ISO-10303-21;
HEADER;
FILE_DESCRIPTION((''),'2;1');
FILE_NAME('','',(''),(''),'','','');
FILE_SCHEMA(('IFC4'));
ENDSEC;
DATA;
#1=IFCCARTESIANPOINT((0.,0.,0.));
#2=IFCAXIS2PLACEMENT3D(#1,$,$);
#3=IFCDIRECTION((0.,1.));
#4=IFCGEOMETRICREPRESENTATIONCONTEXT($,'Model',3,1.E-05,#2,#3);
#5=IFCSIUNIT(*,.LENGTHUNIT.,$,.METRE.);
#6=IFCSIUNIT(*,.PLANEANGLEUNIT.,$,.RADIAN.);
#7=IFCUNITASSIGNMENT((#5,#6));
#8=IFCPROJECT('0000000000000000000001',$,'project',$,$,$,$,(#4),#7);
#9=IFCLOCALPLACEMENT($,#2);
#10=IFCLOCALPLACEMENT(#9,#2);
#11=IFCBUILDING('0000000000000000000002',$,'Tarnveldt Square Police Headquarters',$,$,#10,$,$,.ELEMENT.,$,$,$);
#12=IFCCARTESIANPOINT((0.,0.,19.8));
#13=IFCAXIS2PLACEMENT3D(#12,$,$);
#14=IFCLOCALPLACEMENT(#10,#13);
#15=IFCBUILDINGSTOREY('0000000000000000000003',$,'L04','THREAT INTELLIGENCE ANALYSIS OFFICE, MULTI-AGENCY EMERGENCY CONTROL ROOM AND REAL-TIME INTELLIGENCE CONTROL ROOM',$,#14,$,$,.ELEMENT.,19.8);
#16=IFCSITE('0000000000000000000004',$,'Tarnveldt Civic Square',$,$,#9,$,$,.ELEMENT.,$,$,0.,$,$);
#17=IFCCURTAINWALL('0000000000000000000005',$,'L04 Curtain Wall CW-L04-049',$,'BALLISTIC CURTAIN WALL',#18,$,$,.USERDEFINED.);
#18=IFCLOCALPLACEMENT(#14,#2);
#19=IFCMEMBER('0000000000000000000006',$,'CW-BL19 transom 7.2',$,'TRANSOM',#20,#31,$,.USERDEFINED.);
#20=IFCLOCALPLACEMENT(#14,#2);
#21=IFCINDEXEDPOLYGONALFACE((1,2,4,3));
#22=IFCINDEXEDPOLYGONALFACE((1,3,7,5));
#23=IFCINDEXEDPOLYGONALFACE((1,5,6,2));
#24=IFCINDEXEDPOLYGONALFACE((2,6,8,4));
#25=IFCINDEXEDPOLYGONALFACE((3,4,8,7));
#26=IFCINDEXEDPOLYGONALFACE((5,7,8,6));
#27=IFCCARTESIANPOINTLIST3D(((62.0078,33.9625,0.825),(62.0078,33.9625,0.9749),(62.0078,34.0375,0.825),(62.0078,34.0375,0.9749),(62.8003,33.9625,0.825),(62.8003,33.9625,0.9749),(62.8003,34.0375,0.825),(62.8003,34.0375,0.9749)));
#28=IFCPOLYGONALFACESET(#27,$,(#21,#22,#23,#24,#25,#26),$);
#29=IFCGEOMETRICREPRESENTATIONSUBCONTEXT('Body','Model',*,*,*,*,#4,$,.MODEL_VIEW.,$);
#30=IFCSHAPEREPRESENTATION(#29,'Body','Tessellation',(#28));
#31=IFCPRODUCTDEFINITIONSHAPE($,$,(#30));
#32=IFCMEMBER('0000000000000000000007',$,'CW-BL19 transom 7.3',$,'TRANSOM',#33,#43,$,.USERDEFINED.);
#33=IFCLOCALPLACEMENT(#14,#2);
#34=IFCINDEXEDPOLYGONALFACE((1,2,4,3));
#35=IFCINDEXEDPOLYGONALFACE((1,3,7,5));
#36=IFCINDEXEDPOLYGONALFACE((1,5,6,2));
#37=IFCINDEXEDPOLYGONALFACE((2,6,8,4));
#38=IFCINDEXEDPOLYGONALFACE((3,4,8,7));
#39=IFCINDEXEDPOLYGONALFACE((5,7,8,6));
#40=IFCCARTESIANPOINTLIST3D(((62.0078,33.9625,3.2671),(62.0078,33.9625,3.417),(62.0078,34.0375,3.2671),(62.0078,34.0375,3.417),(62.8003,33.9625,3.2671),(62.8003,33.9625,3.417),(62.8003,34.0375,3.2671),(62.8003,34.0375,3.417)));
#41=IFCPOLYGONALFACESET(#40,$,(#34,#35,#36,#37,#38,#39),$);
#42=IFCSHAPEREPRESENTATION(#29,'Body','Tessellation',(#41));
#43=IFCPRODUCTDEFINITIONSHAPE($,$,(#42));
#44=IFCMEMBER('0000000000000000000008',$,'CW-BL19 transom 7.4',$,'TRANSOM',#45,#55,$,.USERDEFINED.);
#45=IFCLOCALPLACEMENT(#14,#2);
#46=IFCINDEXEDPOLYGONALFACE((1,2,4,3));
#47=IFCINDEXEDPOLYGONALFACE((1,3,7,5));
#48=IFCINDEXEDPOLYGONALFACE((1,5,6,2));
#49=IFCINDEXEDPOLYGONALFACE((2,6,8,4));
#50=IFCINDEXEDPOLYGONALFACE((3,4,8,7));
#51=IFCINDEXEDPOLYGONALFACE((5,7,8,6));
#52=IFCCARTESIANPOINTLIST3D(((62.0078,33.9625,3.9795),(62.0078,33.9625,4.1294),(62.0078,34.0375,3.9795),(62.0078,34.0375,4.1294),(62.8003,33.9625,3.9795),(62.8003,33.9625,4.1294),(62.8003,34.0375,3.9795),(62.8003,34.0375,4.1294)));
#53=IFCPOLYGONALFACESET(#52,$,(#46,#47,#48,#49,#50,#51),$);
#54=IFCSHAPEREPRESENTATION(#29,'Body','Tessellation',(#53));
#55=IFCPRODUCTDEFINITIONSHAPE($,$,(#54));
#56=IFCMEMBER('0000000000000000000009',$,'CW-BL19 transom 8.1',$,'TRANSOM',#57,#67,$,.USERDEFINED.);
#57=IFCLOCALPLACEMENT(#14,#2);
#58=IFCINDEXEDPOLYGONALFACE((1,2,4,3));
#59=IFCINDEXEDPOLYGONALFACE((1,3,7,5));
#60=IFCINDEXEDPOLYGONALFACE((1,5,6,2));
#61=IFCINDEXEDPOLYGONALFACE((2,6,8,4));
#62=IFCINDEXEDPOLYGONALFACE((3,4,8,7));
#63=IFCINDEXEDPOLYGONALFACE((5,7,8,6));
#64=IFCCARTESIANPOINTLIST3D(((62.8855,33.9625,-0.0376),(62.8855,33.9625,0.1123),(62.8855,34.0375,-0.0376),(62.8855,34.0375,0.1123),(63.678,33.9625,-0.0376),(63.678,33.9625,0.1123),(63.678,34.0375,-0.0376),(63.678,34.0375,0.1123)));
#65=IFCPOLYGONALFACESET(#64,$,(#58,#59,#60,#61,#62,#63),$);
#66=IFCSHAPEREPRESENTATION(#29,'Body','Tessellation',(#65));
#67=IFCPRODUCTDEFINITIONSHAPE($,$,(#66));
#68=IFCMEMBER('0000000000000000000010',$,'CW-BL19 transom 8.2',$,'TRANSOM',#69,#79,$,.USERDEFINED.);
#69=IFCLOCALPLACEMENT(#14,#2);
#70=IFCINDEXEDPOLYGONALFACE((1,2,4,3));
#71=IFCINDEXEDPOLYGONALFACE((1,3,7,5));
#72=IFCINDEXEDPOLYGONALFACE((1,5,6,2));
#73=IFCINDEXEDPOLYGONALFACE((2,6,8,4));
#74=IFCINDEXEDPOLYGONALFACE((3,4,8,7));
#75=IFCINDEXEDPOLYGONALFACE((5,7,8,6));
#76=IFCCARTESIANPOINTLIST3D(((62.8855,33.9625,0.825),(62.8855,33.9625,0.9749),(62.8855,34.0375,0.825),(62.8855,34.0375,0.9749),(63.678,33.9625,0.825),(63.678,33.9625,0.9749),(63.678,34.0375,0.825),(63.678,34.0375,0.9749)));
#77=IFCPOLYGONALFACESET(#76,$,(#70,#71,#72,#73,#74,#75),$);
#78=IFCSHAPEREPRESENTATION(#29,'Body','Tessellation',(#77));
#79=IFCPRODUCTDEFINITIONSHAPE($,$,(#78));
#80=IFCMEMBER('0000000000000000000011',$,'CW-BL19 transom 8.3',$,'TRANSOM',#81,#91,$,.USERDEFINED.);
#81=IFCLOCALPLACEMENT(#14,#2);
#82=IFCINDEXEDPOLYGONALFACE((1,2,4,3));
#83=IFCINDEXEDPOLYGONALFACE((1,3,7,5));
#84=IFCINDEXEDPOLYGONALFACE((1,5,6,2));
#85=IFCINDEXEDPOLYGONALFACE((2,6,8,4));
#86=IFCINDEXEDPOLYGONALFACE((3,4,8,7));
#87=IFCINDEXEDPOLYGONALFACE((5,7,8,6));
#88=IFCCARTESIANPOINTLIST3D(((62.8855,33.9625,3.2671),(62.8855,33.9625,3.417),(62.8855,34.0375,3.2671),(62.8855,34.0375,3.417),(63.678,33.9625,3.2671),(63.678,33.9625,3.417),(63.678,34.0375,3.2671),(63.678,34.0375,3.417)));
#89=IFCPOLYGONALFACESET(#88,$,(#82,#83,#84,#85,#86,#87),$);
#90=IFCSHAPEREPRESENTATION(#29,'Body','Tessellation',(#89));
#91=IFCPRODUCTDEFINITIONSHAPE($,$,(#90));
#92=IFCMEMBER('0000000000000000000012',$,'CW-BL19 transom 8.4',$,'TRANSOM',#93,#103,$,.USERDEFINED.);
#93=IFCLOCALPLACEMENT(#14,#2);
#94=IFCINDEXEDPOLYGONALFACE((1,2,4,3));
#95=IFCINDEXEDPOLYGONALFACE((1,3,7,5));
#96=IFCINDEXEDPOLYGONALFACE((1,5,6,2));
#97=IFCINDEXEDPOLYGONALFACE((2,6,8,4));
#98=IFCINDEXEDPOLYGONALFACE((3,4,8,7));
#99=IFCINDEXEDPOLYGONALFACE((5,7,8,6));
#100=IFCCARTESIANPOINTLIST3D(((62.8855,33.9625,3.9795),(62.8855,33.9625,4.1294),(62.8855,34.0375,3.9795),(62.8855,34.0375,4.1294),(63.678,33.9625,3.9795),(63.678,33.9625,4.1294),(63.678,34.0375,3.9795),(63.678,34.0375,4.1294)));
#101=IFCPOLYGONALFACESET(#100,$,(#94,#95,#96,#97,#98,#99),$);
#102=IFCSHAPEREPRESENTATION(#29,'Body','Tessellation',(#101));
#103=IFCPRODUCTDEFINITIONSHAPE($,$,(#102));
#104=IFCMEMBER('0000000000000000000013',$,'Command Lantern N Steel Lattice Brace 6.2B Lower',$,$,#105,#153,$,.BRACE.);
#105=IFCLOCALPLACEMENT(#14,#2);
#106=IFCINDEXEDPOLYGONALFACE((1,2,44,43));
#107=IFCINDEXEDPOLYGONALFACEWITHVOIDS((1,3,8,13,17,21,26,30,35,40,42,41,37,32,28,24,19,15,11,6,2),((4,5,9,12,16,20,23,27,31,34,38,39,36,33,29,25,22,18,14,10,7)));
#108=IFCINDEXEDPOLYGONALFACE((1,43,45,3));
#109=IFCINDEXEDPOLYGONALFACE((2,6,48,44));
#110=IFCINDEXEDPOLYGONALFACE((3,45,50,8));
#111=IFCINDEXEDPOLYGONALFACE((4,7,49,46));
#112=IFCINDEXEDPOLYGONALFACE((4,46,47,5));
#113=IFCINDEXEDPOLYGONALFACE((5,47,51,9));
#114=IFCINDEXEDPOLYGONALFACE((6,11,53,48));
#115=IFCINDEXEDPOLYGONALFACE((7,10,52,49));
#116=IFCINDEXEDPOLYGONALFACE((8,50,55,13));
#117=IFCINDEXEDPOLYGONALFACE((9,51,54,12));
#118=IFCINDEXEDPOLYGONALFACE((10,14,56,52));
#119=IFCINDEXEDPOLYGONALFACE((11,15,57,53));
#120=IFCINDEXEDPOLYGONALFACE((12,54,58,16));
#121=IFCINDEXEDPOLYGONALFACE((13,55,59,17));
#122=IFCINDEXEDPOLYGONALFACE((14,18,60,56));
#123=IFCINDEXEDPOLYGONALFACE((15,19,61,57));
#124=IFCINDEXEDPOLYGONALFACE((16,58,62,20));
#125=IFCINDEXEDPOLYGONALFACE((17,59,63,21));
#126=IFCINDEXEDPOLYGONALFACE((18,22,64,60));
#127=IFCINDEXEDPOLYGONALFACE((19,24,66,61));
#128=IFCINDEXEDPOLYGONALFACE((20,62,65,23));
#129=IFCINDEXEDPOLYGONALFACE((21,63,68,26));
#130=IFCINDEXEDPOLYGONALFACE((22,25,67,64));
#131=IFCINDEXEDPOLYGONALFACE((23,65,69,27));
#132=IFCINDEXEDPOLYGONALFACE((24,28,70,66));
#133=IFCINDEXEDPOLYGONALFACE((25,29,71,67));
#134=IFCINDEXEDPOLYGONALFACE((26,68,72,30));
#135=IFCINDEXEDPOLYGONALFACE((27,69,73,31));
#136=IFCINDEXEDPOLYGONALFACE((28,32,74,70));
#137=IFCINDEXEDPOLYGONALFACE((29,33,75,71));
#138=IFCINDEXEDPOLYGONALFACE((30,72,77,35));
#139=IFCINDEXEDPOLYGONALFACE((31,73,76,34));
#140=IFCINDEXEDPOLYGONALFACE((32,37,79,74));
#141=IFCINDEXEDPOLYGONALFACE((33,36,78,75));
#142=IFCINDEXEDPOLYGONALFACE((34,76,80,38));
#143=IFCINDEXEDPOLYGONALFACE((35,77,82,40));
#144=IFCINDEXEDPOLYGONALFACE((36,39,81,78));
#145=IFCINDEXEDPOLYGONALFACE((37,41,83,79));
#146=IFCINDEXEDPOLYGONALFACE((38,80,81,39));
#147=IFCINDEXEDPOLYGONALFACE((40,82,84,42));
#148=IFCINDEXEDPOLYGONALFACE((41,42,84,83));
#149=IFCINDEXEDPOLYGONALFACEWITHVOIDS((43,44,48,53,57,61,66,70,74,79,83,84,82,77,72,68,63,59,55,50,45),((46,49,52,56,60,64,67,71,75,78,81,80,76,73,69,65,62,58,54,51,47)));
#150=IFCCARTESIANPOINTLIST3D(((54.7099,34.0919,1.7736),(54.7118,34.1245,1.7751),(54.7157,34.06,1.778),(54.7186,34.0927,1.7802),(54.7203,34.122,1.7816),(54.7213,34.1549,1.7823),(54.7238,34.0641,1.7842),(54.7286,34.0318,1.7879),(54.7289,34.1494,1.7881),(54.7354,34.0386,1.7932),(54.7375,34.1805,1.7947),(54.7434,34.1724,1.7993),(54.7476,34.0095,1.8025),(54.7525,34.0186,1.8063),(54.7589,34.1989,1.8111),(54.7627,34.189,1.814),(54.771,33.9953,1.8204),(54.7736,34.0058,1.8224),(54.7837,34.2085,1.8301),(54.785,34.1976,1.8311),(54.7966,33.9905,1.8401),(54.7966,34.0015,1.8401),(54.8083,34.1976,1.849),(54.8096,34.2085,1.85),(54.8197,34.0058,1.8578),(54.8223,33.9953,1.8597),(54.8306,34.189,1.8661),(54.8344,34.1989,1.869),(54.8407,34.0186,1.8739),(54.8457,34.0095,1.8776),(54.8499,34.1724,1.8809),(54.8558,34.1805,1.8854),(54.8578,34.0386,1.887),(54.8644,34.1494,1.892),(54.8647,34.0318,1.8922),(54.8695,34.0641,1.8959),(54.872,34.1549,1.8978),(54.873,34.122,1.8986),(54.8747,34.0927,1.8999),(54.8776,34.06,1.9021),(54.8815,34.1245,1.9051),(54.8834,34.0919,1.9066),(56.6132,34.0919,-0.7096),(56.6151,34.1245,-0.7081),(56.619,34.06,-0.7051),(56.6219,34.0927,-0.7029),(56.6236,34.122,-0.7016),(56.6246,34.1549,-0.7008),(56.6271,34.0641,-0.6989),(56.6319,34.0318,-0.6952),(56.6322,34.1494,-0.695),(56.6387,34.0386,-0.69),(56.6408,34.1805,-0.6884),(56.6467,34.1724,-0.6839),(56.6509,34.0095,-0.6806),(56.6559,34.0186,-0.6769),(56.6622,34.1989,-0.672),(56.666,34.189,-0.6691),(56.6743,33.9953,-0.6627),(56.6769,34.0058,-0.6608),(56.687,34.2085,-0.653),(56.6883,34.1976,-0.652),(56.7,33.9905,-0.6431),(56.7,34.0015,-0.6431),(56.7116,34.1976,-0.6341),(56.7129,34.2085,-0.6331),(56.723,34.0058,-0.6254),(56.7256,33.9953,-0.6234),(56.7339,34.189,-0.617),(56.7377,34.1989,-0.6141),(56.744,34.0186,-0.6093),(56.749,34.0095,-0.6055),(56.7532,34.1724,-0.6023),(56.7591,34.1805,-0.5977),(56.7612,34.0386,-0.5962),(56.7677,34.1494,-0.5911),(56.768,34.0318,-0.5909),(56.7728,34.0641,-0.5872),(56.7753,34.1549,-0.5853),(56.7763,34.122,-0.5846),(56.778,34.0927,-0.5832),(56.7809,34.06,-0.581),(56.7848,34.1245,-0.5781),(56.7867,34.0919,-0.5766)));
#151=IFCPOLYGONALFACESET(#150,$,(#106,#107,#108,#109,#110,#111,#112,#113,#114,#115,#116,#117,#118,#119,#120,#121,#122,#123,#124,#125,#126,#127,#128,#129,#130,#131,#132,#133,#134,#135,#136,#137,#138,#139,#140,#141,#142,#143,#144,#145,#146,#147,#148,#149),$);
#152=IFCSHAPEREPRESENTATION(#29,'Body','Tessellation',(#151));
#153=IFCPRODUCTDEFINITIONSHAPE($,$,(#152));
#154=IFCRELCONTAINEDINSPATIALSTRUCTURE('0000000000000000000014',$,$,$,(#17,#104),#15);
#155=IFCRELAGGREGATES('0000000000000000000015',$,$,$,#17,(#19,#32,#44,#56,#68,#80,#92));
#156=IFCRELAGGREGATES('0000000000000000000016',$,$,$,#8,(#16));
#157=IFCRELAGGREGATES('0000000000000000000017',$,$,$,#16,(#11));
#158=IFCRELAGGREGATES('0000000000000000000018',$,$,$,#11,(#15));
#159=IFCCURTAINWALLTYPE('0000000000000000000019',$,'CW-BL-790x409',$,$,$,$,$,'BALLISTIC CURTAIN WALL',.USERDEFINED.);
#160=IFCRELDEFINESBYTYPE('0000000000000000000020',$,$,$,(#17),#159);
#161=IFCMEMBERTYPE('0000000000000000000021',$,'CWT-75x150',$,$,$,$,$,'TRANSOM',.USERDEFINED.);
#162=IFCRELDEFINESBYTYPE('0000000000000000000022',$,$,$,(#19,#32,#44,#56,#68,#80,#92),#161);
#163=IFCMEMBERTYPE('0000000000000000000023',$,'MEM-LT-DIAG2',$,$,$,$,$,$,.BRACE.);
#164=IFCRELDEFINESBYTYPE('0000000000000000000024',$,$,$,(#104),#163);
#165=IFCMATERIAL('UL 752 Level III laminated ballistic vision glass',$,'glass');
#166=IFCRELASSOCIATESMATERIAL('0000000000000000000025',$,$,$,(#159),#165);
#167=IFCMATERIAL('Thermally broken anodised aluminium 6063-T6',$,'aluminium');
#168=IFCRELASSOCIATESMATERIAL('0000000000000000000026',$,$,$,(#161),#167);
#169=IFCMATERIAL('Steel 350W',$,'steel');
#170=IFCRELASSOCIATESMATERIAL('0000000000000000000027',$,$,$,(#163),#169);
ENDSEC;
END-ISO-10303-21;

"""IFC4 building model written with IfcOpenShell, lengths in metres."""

from ifc_helpers import new_model, si_unit, direction, frame, origin, origin_2d, place, context, subcontext, project, spatial, rectangle, hollow_circle, extrude, material, material_profile, profile_set, type_object, element, aggregate, save


model = new_model("IFC4")

# Units and contexts
model_context = context("Model", 3, precision=1e-05, world=origin(), true_north=direction((0.0, 1.0)))
body_context = subcontext(model_context, "Body", "Model", "MODEL_VIEW")
ifc_project = project(units=[si_unit("LENGTHUNIT", "METRE"), si_unit("PLANEANGLEUNIT", "RADIAN")], contexts=[model_context])

# Site, building, storey
site_placement = place(None, origin())
site = spatial("IfcSite", under=ifc_project, at=site_placement, Name="Tarnveldt Civic Square", CompositionType="ELEMENT", RefElevation=0.0)
building_placement = place(site_placement, origin())
building = spatial("IfcBuilding", under=site, at=building_placement, Name="Tarnveldt Square Police Headquarters", CompositionType="ELEMENT")
storey_placement = place(building_placement, frame((0.0, 0.0, 19.8)))
storey = spatial("IfcBuildingStorey", under=building, at=storey_placement, Name="L04", Description="THREAT INTELLIGENCE ANALYSIS OFFICE, MULTI-AGENCY EMERGENCY CONTROL ROOM AND REAL-TIME INTELLIGENCE CONTROL ROOM", CompositionType="ELEMENT", Elevation=19.8)

# Shared definitions
ifc_material_1 = material(Name="Steel 350W", Category="steel")

# Curtain wall, members
ifc_material_2 = material(Name="UL 752 Level III laminated ballistic vision glass", Category="glass")
curtain_wall_type = type_object("IfcCurtainWallType", Name="CW-BL-790x409", ElementType="BALLISTIC CURTAIN WALL", PredefinedType="USERDEFINED", material=ifc_material_2)
curtain_wall_placement = place(storey_placement, origin())
curtain_wall = element("IfcCurtainWall", 1, at=curtain_wall_placement, inside=storey, type_object=curtain_wall_type, Name="L04 Curtain Wall CW-L04-049", ObjectType="BALLISTIC CURTAIN WALL", PredefinedType="USERDEFINED")
ifc_material_3 = material(Name="Thermally broken anodised aluminium 6063-T6", Category="aluminium")
ifc_material_profile_1 = material_profile(ifc_material_3, rectangle(XDim=0.075, YDim=0.1499, at=origin_2d()), Name="CW-T75x150")
ifc_profile_set_1 = profile_set([ifc_material_profile_1], Name="Thermally broken anodised aluminium 6063-T6")
member_type_1 = type_object("IfcMemberType", Name="CWT-75x150", ElementType="TRANSOM", PredefinedType="USERDEFINED", material=ifc_profile_set_1)
member_1_placement = place(storey_placement, frame((62.0078, 34.0, 0.8999), z_axis=(1.0, 0.0, 0.0), x_axis=(0.0, 1.0, 0.0)))
member_1 = element("IfcMember", 2, at=member_1_placement, type_object=member_type_1, Name="CW-BL19 transom 7.2", ObjectType="TRANSOM", PredefinedType="USERDEFINED", context=body_context, shape_type="SweptSolid", body=[
    extrude(rectangle(XDim=0.075, YDim=0.1499, at=origin_2d()), origin(), (0.0, 0.0, 1.0), 0.7925),
])
member_2_placement = place(storey_placement, frame((62.0078, 34.0, 3.342), z_axis=(1.0, 0.0, 0.0), x_axis=(0.0, 1.0, 0.0)))
member_2 = element("IfcMember", 3, at=member_2_placement, type_object=member_type_1, Name="CW-BL19 transom 7.3", ObjectType="TRANSOM", PredefinedType="USERDEFINED", context=body_context, shape_type="SweptSolid", body=[
    extrude(rectangle(XDim=0.075, YDim=0.1499, at=origin_2d()), origin(), (0.0, 0.0, 1.0), 0.7925),
])
member_3_placement = place(storey_placement, frame((62.0078, 34.0, 4.0544), z_axis=(1.0, 0.0, 0.0), x_axis=(0.0, 1.0, 0.0)))
member_3 = element("IfcMember", 4, at=member_3_placement, type_object=member_type_1, Name="CW-BL19 transom 7.4", ObjectType="TRANSOM", PredefinedType="USERDEFINED", context=body_context, shape_type="SweptSolid", body=[
    extrude(rectangle(XDim=0.075, YDim=0.1499, at=origin_2d()), origin(), (0.0, 0.0, 1.0), 0.7925),
])
member_4_placement = place(storey_placement, frame((62.8855, 34.0, 0.0374), z_axis=(1.0, 0.0, 0.0), x_axis=(0.0, 1.0, 0.0)))
member_4 = element("IfcMember", 5, at=member_4_placement, type_object=member_type_1, Name="CW-BL19 transom 8.1", ObjectType="TRANSOM", PredefinedType="USERDEFINED", context=body_context, shape_type="SweptSolid", body=[
    extrude(rectangle(XDim=0.075, YDim=0.1499, at=origin_2d()), origin(), (0.0, 0.0, 1.0), 0.7925),
])
member_5_placement = place(storey_placement, frame((62.8855, 34.0, 0.8999), z_axis=(1.0, 0.0, 0.0), x_axis=(0.0, 1.0, 0.0)))
member_5 = element("IfcMember", 6, at=member_5_placement, type_object=member_type_1, Name="CW-BL19 transom 8.2", ObjectType="TRANSOM", PredefinedType="USERDEFINED", context=body_context, shape_type="SweptSolid", body=[
    extrude(rectangle(XDim=0.075, YDim=0.1499, at=origin_2d()), origin(), (0.0, 0.0, 1.0), 0.7925),
])
member_6_placement = place(storey_placement, frame((62.8855, 34.0, 3.342), z_axis=(1.0, 0.0, 0.0), x_axis=(0.0, 1.0, 0.0)))
member_6 = element("IfcMember", 7, at=member_6_placement, type_object=member_type_1, Name="CW-BL19 transom 8.3", ObjectType="TRANSOM", PredefinedType="USERDEFINED", context=body_context, shape_type="SweptSolid", body=[
    extrude(rectangle(XDim=0.075, YDim=0.1499, at=origin_2d()), origin(), (0.0, 0.0, 1.0), 0.7925),
])
member_7_placement = place(storey_placement, frame((62.8855, 34.0, 4.0544), z_axis=(1.0, 0.0, 0.0), x_axis=(0.0, 1.0, 0.0)))
member_7 = element("IfcMember", 8, at=member_7_placement, type_object=member_type_1, Name="CW-BL19 transom 8.4", ObjectType="TRANSOM", PredefinedType="USERDEFINED", context=body_context, shape_type="SweptSolid", body=[
    extrude(rectangle(XDim=0.075, YDim=0.1499, at=origin_2d()), origin(), (0.0, 0.0, 1.0), 0.7925),
])

# Member
ifc_material_profile_2 = material_profile(ifc_material_1, hollow_circle(Radius=0.1096, WallThickness=0.011, at=origin_2d()), Name="HSS219x11")
ifc_profile_set_2 = profile_set([ifc_material_profile_2], Name="Steel 350W")
member_type_2 = type_object("IfcMemberType", Name="MEM-LT-DIAG2", PredefinedType="BRACE", material=ifc_profile_set_2)
member_8_placement = place(storey_placement, frame((56.7, 34.1001, -0.6431), z_axis=(-0.608345, 0.0, 0.793673), x_axis=(0.0, -1.0, 0.0)))
element("IfcMember", 9, at=member_8_placement, inside=storey, type_object=member_type_2, Name="Command Lantern N Steel Lattice Brace 6.2B Lower", PredefinedType="BRACE", context=body_context, shape_type="SweptSolid", body=[
    extrude(hollow_circle(Radius=0.1096, WallThickness=0.011, at=origin_2d()), origin(), (0.0, 0.0, 1.0), 3.1287),
])

aggregate(curtain_wall, [member_1, member_2, member_3, member_4, member_5, member_6, member_7])

save(model, "model.ifc")
